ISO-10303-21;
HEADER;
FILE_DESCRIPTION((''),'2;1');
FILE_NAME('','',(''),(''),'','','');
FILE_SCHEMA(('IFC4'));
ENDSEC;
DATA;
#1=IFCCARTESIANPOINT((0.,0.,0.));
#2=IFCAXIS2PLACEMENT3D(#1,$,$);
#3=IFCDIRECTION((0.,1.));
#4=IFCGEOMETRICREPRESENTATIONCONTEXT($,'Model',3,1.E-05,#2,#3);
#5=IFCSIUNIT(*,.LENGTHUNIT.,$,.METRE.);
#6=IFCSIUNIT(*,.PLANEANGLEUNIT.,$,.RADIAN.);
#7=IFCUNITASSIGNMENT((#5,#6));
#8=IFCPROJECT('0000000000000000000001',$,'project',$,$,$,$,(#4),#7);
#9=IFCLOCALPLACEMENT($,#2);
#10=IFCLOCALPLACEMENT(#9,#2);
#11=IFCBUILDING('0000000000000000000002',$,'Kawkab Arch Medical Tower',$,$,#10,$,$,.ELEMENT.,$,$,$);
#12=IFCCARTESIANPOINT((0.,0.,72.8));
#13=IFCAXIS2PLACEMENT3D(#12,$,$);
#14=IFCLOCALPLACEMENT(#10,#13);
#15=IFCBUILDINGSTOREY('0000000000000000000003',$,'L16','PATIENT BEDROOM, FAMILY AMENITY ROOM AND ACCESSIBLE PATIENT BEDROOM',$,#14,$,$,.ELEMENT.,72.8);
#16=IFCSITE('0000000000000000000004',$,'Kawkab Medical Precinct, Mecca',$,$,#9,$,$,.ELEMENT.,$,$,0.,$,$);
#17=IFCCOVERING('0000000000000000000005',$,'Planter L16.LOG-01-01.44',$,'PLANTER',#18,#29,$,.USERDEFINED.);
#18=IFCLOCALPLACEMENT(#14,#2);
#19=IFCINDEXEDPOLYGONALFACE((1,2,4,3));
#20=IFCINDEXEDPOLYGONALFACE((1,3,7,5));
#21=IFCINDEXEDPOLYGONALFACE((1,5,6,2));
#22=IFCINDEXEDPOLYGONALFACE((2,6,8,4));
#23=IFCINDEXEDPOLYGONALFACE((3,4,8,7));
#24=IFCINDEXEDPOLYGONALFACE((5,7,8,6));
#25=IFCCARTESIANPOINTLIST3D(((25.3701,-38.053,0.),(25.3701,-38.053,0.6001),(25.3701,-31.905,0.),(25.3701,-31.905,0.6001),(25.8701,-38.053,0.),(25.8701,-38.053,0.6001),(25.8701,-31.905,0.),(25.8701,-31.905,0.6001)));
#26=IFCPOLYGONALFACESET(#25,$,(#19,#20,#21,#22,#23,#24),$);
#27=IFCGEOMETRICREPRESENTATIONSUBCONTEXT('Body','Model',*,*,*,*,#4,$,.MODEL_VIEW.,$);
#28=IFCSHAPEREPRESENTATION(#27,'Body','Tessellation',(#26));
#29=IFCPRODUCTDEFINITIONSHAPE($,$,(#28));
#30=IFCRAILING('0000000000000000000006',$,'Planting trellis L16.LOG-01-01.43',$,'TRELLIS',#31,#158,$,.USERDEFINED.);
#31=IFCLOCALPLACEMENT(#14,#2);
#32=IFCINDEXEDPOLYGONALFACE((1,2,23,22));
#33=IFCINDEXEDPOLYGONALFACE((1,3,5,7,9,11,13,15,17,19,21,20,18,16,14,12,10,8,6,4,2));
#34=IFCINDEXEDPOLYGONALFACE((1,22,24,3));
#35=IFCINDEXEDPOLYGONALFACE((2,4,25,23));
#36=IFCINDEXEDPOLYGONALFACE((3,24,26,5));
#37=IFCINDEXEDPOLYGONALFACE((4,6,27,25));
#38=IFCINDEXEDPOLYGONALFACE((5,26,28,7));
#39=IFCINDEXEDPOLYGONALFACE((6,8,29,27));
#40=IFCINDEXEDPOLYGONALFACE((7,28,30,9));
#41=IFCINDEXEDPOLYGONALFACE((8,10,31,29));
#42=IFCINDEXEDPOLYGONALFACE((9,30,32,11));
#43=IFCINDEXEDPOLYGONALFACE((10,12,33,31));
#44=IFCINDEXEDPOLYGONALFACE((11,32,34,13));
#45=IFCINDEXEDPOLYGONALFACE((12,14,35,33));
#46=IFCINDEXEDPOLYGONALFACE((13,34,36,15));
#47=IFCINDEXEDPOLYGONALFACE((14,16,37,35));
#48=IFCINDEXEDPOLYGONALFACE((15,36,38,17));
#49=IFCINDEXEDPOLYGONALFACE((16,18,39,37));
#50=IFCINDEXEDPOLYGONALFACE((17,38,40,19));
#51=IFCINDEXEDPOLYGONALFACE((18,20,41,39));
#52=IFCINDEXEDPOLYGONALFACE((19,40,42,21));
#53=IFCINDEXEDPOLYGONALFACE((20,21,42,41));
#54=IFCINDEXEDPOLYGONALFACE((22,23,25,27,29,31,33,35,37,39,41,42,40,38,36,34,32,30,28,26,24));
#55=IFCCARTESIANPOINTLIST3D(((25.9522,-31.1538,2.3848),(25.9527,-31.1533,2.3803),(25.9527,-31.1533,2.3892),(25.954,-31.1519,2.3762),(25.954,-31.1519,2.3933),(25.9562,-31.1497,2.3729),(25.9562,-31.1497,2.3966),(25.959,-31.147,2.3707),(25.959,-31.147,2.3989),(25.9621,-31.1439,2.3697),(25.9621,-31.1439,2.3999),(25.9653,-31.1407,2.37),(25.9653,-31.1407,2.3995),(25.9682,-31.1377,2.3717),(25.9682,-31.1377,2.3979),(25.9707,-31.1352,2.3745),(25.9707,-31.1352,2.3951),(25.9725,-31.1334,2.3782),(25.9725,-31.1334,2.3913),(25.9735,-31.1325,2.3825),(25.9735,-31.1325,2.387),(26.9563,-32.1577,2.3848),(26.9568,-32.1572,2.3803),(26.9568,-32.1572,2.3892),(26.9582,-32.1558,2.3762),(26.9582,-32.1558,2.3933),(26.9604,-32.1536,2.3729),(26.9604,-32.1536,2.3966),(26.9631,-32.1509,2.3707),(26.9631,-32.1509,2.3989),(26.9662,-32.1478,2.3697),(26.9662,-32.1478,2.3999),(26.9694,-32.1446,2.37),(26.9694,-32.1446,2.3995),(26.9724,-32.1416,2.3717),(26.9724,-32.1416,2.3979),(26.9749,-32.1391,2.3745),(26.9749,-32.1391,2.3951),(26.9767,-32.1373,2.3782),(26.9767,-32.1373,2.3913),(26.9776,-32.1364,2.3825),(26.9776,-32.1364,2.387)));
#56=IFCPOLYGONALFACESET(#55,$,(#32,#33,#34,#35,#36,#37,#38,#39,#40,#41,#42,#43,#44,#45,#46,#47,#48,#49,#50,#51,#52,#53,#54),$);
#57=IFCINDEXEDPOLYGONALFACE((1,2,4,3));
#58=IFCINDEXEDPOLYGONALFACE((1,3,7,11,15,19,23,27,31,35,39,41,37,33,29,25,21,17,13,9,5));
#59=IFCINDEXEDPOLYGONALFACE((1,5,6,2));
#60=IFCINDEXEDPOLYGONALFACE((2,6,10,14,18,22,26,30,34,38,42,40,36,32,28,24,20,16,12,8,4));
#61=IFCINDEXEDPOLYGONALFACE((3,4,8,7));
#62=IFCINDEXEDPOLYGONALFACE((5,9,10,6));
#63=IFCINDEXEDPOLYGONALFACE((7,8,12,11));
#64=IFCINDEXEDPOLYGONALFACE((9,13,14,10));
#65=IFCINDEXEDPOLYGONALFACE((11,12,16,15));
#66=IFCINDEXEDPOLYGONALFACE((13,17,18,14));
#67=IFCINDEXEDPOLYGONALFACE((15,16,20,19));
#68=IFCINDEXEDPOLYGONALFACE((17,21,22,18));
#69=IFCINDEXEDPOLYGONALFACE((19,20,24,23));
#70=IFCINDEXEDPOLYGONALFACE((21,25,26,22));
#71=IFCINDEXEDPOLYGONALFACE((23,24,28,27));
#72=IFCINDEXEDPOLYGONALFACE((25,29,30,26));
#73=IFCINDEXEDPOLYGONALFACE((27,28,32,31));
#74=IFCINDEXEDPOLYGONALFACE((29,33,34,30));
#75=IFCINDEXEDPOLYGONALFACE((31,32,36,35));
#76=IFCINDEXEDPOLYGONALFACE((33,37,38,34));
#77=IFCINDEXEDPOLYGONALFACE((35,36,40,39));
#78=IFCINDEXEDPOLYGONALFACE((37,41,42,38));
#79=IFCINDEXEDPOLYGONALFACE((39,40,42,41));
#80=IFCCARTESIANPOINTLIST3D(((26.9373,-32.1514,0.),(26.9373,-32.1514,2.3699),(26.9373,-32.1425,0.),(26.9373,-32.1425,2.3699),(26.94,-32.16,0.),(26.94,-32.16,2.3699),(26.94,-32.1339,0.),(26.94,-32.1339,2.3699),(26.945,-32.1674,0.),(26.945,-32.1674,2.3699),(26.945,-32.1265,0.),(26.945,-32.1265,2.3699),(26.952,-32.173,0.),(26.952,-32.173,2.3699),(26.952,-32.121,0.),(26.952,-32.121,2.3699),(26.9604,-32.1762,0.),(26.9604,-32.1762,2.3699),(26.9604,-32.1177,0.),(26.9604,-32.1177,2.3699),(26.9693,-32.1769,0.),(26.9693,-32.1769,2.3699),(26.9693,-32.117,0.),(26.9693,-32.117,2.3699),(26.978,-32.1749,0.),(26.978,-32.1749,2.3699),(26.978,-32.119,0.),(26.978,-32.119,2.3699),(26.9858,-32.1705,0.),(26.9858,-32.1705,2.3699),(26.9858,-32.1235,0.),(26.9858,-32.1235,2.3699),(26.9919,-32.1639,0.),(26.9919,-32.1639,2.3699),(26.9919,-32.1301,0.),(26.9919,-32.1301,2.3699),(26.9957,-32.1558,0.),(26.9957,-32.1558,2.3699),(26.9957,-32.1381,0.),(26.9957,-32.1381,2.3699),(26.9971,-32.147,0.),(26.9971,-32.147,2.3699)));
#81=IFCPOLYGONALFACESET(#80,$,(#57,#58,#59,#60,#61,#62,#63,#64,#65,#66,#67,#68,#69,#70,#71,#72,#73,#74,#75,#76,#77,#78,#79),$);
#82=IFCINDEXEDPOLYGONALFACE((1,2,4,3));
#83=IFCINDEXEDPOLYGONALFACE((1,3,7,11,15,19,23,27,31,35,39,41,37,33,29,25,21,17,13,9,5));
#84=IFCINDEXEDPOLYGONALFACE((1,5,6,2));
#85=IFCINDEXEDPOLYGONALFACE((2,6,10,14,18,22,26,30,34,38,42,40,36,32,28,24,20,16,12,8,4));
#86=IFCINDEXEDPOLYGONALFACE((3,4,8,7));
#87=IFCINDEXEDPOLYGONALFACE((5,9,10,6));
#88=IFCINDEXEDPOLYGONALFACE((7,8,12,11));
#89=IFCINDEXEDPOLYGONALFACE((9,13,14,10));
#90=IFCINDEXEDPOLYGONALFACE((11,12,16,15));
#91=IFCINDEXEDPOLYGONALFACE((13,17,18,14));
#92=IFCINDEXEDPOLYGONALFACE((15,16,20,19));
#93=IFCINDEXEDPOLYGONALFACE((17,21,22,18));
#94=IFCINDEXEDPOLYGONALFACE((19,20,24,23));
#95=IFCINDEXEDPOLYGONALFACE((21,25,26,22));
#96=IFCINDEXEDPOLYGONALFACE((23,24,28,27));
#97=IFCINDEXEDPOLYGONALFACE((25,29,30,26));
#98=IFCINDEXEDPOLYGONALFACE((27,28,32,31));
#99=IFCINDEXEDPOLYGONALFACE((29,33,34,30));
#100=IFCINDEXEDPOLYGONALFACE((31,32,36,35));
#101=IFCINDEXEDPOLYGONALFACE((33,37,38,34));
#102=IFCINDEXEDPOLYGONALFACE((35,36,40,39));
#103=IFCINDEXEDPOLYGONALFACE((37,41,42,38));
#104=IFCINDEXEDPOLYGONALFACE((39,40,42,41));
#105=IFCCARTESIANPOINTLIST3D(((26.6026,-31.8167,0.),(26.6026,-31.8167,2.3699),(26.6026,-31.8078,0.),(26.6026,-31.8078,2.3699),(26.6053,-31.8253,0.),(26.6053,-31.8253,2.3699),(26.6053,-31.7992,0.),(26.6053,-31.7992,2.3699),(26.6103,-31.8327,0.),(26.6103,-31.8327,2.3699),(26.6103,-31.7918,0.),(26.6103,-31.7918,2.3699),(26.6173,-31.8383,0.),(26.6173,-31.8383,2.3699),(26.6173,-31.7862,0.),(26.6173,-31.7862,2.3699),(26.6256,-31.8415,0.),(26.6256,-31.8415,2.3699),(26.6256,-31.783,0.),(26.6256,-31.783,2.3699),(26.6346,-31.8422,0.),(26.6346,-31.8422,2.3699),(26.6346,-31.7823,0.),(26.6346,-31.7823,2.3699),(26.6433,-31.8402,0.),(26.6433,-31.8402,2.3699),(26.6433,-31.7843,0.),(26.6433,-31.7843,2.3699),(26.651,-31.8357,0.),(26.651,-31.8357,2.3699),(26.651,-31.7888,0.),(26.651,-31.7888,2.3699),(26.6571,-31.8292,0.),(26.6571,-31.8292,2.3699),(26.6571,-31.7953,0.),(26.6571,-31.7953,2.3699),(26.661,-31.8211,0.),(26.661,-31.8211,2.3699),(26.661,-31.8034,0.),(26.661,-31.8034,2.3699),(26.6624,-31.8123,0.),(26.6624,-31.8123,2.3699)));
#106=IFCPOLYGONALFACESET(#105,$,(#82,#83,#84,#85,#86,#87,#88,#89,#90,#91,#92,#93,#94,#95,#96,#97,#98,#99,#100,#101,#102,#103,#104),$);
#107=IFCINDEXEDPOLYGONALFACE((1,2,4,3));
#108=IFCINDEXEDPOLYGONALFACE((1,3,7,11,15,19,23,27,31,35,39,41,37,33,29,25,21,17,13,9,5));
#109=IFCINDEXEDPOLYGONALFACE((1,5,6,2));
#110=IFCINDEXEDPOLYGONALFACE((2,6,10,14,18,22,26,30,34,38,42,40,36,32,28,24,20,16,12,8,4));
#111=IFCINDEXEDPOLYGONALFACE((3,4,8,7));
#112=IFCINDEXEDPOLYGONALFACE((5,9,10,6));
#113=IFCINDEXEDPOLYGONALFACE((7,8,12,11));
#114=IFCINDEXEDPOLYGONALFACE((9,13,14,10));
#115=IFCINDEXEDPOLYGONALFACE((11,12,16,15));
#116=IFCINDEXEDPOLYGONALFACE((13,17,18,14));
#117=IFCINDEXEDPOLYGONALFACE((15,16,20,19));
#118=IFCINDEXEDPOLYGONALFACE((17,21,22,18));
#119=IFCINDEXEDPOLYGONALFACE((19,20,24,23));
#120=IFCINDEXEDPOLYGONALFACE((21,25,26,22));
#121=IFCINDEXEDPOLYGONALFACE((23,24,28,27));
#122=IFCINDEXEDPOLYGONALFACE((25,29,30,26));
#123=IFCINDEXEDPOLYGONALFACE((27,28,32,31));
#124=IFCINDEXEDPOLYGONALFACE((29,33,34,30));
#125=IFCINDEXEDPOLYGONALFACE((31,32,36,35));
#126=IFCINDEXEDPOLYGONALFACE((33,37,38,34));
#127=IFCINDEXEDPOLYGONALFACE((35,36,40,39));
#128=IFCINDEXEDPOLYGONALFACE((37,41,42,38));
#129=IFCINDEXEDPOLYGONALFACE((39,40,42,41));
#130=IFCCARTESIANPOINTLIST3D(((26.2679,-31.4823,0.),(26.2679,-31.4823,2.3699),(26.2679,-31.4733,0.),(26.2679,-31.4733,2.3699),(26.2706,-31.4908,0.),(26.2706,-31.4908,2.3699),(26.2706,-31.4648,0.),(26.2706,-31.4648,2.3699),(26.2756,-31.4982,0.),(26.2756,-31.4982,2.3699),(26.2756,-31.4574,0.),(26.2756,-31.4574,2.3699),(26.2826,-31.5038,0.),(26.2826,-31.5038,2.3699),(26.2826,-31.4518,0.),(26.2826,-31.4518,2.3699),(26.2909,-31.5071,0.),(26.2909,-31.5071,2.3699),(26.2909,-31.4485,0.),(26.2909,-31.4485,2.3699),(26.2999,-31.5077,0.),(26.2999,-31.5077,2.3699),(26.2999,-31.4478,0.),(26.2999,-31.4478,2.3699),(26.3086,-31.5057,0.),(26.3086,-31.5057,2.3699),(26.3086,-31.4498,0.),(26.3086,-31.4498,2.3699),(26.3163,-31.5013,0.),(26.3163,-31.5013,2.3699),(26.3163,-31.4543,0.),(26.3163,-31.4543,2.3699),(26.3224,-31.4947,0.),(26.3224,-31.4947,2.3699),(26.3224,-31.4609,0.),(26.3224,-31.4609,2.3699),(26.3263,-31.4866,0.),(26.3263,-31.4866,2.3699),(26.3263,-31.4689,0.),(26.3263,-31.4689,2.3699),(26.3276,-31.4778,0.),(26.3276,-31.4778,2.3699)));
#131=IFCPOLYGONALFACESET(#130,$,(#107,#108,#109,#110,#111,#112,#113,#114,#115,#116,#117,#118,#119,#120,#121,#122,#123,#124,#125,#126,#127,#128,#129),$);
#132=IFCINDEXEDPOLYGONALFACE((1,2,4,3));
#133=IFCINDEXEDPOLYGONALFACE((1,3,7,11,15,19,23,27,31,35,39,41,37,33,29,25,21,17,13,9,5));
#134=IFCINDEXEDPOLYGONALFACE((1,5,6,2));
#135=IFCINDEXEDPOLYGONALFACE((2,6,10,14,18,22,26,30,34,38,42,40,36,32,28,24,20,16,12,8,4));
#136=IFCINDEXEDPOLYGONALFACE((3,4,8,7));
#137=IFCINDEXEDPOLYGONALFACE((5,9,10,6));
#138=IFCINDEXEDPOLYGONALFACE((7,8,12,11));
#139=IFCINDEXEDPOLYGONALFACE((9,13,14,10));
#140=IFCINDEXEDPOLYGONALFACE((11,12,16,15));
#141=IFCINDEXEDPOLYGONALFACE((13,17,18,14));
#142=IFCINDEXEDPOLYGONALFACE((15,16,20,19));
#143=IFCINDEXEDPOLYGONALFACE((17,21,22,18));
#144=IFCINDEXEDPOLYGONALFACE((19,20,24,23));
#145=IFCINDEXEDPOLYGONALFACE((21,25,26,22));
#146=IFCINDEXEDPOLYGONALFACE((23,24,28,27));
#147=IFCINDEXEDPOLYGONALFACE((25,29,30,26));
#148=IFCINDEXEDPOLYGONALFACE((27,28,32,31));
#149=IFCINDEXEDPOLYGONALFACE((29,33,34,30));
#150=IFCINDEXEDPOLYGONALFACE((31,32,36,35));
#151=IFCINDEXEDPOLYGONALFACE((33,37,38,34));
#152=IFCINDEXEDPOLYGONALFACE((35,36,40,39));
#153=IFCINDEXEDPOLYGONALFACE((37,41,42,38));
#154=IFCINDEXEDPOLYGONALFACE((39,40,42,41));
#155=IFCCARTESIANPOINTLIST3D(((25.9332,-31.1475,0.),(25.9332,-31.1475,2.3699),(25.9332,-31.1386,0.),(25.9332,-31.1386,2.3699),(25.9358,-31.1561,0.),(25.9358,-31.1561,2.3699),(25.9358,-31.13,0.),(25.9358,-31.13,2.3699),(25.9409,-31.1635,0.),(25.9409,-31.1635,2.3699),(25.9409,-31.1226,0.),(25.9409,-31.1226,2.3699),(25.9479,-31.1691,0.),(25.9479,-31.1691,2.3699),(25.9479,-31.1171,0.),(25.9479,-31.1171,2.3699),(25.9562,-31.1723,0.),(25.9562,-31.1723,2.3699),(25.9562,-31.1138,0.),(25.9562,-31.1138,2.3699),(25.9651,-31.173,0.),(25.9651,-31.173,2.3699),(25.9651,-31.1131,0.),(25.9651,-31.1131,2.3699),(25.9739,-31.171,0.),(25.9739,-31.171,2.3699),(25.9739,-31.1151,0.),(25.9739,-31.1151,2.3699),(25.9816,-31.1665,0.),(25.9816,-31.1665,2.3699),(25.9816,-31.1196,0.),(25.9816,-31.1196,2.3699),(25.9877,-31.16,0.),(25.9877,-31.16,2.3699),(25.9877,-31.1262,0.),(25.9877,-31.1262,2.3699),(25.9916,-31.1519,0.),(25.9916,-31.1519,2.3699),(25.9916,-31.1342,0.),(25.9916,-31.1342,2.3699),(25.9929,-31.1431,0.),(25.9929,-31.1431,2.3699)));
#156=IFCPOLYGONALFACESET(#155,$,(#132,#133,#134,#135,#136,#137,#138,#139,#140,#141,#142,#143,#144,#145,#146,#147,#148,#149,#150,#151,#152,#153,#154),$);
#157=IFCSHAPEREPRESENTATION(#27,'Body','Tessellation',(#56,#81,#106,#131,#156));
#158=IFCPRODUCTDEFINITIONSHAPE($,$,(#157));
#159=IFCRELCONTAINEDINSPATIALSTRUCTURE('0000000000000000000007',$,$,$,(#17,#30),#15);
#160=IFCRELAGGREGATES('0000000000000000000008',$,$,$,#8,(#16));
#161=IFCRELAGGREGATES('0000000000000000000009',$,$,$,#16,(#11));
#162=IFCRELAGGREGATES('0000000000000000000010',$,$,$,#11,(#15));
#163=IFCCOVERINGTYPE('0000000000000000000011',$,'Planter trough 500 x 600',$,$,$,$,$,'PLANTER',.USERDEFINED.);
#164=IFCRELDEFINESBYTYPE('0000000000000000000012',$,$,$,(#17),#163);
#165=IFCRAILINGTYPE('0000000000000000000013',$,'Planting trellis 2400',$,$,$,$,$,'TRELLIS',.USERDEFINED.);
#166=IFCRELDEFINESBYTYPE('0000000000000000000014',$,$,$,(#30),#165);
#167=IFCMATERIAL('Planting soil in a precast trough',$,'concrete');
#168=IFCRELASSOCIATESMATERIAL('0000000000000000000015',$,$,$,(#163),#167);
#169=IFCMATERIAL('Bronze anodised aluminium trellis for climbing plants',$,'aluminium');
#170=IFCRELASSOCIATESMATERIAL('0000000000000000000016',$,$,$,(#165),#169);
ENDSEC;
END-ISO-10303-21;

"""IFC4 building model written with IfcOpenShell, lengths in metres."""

from ifc_helpers import new_model, si_unit, direction, frame, origin, origin_2d, place, context, subcontext, project, spatial, rectangle, circle, extrude, material, material_profile, profile_set, type_object, element, save


model = new_model("IFC4")

# Units and contexts
model_context = context("Model", 3, precision=1e-05, world=origin(), true_north=direction((0.0, 1.0)))
body_context = subcontext(model_context, "Body", "Model", "MODEL_VIEW")
ifc_project = project(units=[si_unit("LENGTHUNIT", "METRE"), si_unit("PLANEANGLEUNIT", "RADIAN")], contexts=[model_context])

# Site, building, storey
site_placement = place(None, origin())
site = spatial("IfcSite", under=ifc_project, at=site_placement, Name="Kawkab Medical Precinct, Mecca", CompositionType="ELEMENT", RefElevation=0.0)
building_placement = place(site_placement, origin())
building = spatial("IfcBuilding", under=site, at=building_placement, Name="Kawkab Arch Medical Tower", CompositionType="ELEMENT")
storey_placement = place(building_placement, frame((0.0, 0.0, 72.8)))
storey = spatial("IfcBuildingStorey", under=building, at=storey_placement, Name="L16", Description="PATIENT BEDROOM, FAMILY AMENITY ROOM AND ACCESSIBLE PATIENT BEDROOM", CompositionType="ELEMENT", Elevation=72.8)

# Covering
ifc_material_1 = material(Name="Planting soil in a precast trough", Category="concrete")
ifc_material_profile_1 = material_profile(ifc_material_1, rectangle(XDim=0.5, YDim=0.6001, at=origin_2d()), Name="Trough 500x600")
ifc_profile_set_1 = profile_set([ifc_material_profile_1], Name="Planting soil in a precast trough")
covering_type = type_object("IfcCoveringType", Name="Planter trough 500 x 600", ElementType="PLANTER", PredefinedType="USERDEFINED", material=ifc_profile_set_1)
covering_1_placement = place(storey_placement, frame((25.6201, -31.905, 0.3), z_axis=(0.0, -1.0, 0.0), x_axis=(1.0, 0.0, 0.0)))
element("IfcCovering", 1, at=covering_1_placement, inside=storey, type_object=covering_type, Name="Planter L16.LOG-01-01.44", ObjectType="PLANTER", PredefinedType="USERDEFINED", context=body_context, shape_type="SweptSolid", body=[
    extrude(rectangle(XDim=0.5, YDim=0.6001, at=origin_2d()), origin(), (0.0, 0.0, 1.0), 6.1479),
])

# Railing
ifc_material_2 = material(Name="Bronze anodised aluminium trellis for climbing plants", Category="aluminium")
railing_type = type_object("IfcRailingType", Name="Planting trellis 2400", ElementType="TRELLIS", PredefinedType="USERDEFINED", material=ifc_material_2)
railing_1_placement = place(storey_placement, frame((26.967, -32.147, 0.0)))
element("IfcRailing", 2, at=railing_1_placement, inside=storey, type_object=railing_type, Name="Planting trellis L16.LOG-01-01.43", ObjectType="TRELLIS", PredefinedType="USERDEFINED", context=body_context, shape_type="SweptSolid", body=[
    extrude(circle(Radius=0.0151, at=origin_2d()), frame((0.0, 0.0, 2.3848), z_axis=(-0.707193, 0.707021, 0.0), x_axis=(-0.707021, -0.707193, 0.0)), (0.0, 0.0, 1.0), 1.4199),
    extrude(circle(Radius=0.03, at=origin_2d()), origin(), (0.0, 0.0, 1.0), 2.3699),
    extrude(circle(Radius=0.03, at=origin_2d()), frame((-0.3347, 0.3347, 0.0)), (0.0, 0.0, 1.0), 2.3699),
    extrude(circle(Radius=0.03, at=origin_2d()), frame((-0.6694, 0.6692, 0.0)), (0.0, 0.0, 1.0), 2.3699),
    extrude(circle(Radius=0.03, at=origin_2d()), frame((-1.0042, 1.0039, 0.0)), (0.0, 0.0, 1.0), 2.3699),
])

save(model, "model.ifc")
